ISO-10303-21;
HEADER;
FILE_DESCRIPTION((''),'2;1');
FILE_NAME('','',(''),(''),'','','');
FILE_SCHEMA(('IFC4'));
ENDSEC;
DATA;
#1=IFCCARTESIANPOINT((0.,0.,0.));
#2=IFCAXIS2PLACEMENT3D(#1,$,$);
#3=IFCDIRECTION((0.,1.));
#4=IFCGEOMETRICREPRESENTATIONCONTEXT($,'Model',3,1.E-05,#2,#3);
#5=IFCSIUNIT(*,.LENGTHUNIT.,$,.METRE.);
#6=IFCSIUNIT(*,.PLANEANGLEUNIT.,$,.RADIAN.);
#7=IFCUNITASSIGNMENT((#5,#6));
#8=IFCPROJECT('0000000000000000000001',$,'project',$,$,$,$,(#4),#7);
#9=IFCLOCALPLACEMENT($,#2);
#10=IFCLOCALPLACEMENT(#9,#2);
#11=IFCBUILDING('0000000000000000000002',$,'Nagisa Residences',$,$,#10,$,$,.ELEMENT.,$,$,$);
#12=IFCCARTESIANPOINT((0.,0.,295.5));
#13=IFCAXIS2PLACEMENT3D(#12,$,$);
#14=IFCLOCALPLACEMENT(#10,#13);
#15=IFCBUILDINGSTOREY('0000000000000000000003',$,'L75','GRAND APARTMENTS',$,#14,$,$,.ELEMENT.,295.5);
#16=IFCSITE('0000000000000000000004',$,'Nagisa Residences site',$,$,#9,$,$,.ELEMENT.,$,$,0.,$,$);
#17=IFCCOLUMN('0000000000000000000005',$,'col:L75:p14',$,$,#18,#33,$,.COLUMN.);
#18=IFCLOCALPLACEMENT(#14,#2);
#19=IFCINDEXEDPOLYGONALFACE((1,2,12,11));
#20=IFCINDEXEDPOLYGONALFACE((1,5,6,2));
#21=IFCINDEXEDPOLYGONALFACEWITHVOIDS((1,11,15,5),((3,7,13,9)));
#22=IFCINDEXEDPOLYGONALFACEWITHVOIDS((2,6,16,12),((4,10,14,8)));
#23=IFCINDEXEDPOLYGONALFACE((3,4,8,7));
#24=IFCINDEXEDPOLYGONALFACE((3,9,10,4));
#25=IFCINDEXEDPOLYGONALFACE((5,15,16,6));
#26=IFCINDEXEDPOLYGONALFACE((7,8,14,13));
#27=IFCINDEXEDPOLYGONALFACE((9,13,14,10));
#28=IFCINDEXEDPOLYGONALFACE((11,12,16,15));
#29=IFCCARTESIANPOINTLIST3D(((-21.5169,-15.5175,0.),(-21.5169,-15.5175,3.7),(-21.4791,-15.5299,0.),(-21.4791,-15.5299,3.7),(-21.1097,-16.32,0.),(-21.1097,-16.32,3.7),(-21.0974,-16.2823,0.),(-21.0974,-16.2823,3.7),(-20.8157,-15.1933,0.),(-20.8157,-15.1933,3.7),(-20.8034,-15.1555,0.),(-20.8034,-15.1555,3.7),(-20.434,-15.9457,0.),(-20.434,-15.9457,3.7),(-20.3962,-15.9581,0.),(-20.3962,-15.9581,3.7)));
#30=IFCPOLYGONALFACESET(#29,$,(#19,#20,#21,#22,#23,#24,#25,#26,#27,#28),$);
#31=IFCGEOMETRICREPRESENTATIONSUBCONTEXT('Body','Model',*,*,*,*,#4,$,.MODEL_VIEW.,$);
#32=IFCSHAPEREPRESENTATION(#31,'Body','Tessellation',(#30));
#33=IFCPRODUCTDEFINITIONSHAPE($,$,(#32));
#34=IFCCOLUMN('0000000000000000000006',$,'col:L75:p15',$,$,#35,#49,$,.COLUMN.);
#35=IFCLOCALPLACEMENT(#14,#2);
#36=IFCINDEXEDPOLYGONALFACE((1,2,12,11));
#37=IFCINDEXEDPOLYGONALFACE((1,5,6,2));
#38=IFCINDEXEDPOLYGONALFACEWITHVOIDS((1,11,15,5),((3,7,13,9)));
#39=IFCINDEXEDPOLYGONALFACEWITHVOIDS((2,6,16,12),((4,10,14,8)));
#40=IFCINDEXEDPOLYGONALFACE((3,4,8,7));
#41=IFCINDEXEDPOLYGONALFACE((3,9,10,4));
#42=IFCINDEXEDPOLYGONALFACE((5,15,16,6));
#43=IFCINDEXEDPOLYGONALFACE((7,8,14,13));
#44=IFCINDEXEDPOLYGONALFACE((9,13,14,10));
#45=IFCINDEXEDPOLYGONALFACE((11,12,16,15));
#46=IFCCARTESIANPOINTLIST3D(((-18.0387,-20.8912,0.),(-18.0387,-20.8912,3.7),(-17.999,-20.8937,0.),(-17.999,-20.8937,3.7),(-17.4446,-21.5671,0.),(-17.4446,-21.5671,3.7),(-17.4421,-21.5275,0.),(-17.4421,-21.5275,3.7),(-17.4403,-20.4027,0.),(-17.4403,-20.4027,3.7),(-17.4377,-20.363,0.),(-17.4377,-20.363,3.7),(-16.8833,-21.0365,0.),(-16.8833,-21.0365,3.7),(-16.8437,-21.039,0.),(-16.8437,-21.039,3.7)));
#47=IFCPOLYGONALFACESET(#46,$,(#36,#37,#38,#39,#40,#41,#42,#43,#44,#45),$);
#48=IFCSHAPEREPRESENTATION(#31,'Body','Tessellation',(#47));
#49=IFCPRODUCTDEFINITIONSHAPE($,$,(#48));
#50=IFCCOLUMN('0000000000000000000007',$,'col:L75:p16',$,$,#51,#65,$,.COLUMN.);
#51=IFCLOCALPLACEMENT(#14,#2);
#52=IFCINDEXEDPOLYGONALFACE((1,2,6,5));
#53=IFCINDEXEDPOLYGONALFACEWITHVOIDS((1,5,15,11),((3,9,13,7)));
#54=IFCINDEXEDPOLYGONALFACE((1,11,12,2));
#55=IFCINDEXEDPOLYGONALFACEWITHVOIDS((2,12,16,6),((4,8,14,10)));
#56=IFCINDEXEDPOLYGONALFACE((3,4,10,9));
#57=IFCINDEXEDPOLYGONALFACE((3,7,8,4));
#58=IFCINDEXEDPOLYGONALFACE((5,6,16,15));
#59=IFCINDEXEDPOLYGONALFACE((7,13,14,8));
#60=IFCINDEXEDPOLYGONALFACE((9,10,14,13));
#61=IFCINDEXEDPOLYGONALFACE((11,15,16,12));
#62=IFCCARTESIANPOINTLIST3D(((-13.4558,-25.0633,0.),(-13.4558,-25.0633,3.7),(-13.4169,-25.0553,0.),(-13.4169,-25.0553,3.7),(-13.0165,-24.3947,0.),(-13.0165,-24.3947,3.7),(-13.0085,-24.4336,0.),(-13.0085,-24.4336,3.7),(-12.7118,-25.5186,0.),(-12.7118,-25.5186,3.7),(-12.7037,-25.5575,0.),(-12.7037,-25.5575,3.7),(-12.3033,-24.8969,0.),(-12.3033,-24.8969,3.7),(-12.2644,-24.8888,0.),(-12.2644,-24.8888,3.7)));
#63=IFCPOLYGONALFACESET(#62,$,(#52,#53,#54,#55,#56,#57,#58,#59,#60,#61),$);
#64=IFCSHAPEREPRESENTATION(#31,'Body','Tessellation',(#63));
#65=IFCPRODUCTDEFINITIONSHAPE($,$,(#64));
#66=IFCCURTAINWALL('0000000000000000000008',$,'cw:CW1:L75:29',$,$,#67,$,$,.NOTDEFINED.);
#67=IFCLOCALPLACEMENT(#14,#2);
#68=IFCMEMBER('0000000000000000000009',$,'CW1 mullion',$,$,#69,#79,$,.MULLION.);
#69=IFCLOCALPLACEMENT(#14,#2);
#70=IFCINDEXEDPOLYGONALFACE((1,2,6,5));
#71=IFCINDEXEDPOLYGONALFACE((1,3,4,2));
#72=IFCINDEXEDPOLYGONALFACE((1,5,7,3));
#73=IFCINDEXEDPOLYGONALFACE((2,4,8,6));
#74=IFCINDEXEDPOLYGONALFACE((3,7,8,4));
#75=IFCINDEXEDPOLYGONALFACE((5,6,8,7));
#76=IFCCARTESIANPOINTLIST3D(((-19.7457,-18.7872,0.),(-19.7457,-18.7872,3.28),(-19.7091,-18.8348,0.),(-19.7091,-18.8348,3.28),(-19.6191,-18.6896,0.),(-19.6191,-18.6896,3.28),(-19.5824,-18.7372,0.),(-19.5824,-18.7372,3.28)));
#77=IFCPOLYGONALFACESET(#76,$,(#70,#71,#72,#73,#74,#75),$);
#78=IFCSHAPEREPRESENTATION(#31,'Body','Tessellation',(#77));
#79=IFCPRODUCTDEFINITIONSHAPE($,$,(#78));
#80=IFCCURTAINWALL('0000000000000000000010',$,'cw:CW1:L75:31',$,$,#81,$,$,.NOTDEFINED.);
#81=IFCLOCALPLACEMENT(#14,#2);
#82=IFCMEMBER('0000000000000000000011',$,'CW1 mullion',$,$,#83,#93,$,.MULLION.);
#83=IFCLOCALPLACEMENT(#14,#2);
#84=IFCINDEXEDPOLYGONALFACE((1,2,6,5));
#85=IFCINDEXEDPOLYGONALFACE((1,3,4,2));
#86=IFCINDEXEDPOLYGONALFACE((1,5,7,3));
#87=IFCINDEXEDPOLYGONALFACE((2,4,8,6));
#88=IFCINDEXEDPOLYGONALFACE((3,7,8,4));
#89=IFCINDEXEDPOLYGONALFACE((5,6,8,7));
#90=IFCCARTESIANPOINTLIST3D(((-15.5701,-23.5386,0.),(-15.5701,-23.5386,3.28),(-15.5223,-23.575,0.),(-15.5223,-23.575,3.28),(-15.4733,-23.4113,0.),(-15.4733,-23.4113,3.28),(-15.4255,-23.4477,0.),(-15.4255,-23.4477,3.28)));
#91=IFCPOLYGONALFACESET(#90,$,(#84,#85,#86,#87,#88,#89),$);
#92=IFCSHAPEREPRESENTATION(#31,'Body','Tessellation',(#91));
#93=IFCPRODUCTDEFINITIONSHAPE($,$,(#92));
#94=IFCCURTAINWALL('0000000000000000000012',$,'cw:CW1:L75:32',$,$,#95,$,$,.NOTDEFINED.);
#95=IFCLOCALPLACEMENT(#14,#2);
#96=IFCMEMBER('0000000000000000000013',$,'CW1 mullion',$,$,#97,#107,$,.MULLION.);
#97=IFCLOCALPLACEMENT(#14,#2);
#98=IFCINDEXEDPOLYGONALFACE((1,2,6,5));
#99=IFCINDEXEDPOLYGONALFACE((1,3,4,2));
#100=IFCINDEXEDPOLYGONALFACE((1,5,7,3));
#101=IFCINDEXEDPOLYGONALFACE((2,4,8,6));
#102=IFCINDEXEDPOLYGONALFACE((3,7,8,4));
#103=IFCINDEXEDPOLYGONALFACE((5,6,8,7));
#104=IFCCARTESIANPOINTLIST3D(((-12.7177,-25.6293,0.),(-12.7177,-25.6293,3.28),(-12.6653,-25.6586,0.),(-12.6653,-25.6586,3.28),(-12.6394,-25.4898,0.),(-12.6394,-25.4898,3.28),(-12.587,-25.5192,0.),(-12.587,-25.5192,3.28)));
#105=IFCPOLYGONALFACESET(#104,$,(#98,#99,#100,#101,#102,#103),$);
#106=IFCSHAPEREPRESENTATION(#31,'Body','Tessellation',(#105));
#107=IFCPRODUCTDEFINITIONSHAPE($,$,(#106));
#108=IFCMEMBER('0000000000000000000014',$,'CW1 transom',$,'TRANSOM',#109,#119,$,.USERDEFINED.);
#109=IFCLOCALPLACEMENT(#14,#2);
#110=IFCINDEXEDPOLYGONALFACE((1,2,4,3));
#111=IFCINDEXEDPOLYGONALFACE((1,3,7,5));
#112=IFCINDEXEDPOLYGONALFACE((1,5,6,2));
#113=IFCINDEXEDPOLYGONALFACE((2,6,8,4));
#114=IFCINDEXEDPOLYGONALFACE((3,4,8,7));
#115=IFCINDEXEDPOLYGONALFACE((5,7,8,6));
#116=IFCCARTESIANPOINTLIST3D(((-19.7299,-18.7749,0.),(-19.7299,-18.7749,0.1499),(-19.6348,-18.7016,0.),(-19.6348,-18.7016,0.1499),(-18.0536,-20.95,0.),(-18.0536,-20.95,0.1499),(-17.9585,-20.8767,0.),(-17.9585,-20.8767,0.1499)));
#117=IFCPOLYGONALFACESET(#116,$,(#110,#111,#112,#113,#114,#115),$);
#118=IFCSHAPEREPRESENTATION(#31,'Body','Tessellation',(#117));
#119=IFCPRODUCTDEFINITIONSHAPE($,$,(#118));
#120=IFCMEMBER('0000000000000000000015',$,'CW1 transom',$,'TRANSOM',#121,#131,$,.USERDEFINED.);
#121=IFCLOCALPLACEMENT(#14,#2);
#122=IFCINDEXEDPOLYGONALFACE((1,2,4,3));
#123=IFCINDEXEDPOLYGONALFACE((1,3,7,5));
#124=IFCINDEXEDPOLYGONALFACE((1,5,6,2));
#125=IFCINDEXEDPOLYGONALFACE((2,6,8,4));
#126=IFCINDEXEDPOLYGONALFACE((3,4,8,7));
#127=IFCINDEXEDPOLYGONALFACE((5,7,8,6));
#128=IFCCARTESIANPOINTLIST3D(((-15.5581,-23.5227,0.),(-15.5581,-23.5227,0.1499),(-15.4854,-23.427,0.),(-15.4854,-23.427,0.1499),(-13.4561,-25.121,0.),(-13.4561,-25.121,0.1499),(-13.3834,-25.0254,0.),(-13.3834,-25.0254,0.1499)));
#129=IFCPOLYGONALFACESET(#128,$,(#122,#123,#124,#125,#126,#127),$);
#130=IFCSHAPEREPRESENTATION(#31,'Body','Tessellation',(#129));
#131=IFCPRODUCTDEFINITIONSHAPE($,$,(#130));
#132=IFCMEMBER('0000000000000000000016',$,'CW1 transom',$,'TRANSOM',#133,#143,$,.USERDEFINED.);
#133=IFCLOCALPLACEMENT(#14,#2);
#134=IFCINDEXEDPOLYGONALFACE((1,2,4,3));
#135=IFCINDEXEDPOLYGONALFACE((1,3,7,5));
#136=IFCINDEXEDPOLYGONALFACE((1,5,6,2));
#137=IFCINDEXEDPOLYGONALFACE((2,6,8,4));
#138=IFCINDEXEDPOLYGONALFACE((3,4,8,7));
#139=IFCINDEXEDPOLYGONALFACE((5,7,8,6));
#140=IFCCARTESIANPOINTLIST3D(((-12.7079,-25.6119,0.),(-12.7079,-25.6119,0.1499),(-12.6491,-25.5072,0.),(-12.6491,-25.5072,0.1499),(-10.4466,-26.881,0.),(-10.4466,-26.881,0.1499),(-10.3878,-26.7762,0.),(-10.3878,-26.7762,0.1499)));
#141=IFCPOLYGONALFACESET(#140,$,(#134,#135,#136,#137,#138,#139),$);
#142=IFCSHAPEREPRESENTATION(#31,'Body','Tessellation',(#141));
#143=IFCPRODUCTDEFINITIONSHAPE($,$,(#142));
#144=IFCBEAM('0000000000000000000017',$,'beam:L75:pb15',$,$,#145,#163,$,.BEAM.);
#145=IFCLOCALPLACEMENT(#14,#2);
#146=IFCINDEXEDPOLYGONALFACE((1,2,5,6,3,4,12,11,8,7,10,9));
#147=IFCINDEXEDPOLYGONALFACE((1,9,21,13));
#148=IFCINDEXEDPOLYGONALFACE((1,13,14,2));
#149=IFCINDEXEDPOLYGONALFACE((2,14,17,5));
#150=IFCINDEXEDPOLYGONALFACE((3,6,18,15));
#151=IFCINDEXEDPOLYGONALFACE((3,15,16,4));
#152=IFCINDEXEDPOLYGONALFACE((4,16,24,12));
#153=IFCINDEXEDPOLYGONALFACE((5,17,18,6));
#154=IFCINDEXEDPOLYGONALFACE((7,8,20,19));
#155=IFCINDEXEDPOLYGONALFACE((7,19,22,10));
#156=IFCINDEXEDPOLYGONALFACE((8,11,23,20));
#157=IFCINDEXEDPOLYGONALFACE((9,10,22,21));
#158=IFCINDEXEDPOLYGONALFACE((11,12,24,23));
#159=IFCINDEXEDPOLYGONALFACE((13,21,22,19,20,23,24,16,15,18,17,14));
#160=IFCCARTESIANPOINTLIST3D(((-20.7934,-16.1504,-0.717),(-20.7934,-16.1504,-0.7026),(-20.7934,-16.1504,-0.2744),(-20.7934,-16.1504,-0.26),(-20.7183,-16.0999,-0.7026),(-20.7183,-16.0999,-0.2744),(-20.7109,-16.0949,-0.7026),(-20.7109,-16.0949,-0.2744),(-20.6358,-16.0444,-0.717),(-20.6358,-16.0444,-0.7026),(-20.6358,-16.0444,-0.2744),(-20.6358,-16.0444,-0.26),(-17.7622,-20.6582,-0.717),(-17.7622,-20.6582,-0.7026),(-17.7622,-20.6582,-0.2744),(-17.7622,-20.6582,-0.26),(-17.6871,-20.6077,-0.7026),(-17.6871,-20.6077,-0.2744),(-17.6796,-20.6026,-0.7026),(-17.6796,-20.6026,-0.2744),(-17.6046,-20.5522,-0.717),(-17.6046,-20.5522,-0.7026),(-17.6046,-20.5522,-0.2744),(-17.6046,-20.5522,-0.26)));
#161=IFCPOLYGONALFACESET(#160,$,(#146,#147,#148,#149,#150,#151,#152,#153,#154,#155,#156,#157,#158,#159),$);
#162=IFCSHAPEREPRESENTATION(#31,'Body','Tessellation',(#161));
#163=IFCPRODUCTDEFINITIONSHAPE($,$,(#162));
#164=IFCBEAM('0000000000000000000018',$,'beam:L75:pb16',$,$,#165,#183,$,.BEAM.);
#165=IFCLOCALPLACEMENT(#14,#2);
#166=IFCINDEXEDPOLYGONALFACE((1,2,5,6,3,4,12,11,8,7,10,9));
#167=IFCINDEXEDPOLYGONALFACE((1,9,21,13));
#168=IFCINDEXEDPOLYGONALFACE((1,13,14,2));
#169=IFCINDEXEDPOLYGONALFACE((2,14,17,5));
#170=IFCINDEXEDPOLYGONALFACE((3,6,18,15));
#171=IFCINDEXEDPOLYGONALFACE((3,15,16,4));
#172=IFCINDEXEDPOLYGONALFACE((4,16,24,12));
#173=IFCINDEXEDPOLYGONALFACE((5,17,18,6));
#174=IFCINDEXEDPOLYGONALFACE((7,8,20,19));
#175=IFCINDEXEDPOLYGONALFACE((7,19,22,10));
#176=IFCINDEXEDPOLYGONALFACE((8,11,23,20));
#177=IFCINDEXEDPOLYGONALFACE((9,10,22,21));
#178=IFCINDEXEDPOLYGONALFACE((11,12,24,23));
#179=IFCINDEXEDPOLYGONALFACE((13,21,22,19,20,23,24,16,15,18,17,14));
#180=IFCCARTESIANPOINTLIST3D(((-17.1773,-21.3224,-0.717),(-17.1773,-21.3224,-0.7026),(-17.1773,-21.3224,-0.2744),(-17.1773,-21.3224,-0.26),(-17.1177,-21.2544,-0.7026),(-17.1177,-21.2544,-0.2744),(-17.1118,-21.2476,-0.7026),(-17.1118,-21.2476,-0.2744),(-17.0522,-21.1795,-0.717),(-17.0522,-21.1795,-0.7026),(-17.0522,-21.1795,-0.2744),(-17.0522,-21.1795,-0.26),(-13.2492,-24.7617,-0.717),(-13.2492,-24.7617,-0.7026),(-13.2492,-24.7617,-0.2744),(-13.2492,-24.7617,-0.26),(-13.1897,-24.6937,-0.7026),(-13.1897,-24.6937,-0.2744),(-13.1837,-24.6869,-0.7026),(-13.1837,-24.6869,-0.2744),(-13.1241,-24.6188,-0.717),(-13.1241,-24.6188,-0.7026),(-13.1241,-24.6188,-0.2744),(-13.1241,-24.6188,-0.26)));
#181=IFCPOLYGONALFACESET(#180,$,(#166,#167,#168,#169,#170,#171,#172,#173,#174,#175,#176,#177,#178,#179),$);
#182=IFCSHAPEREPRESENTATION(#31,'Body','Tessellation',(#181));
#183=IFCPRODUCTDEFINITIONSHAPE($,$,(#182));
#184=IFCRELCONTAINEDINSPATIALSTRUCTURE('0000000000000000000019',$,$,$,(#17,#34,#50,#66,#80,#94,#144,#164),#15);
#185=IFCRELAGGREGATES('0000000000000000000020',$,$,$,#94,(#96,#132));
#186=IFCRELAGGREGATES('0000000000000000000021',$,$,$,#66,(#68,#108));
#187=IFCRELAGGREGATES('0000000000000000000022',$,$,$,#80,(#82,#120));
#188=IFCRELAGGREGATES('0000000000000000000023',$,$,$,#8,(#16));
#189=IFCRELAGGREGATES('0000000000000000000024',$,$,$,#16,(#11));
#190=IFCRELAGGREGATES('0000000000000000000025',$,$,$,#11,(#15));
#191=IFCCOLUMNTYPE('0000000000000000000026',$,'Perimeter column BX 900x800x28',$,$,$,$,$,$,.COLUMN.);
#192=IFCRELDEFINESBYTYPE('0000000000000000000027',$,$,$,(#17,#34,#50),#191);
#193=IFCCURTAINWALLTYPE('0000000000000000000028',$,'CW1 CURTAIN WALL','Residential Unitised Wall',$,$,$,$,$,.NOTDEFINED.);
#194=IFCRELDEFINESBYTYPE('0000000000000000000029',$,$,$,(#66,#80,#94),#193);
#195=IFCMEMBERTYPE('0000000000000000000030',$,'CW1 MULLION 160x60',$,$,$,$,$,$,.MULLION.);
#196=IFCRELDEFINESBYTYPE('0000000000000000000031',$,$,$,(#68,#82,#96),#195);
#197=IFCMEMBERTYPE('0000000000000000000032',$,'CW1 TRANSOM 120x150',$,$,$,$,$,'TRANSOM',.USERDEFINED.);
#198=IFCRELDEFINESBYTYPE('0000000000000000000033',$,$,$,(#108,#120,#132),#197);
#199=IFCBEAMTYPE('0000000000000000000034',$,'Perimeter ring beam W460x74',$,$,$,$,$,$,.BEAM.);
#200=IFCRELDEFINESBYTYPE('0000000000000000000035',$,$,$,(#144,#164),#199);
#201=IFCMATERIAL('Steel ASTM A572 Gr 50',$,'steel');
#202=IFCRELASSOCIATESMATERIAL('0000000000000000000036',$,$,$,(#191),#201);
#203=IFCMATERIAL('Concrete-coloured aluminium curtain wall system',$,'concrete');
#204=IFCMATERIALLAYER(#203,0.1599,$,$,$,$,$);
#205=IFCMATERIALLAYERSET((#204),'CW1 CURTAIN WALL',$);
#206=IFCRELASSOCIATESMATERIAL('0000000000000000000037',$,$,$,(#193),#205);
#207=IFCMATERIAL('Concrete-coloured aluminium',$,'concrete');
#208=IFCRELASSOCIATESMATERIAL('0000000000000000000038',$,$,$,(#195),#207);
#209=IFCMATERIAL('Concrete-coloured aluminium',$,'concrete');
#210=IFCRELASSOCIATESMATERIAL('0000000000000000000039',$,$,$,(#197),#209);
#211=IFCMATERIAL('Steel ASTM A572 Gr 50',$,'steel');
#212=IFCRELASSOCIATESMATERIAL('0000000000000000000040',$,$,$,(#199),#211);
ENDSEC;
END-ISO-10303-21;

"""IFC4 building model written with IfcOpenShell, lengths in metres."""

from ifc_helpers import new_model, si_unit, direction, frame, origin, origin_2d, place, context, subcontext, project, spatial, rectangle, hollow_rectangle, i_section, extrude, material, layer, layer_set, material_profile, profile_set, type_object, element, aggregate, save


model = new_model("IFC4")

# Units and contexts
model_context = context("Model", 3, precision=1e-05, world=origin(), true_north=direction((0.0, 1.0)))
body_context = subcontext(model_context, "Body", "Model", "MODEL_VIEW")
ifc_project = project(units=[si_unit("LENGTHUNIT", "METRE"), si_unit("PLANEANGLEUNIT", "RADIAN")], contexts=[model_context])

# Site, building, storey
site_placement = place(None, origin())
site = spatial("IfcSite", under=ifc_project, at=site_placement, Name="Nagisa Residences site", CompositionType="ELEMENT", RefElevation=0.0)
building_placement = place(site_placement, origin())
building = spatial("IfcBuilding", under=site, at=building_placement, Name="Nagisa Residences", CompositionType="ELEMENT")
storey_placement = place(building_placement, frame((0.0, 0.0, 295.5)))
storey = spatial("IfcBuildingStorey", under=building, at=storey_placement, Name="L75", Description="GRAND APARTMENTS", CompositionType="ELEMENT", Elevation=295.5)

# Columns
ifc_material_1 = material(Name="Steel ASTM A572 Gr 50", Category="steel")
ifc_material_profile_1 = material_profile(ifc_material_1, hollow_rectangle(XDim=0.8999, YDim=0.8, WallThickness=0.0281, at=origin_2d()), Name="BX 900x800x28")
ifc_profile_set_1 = profile_set([ifc_material_profile_1], Name="Steel ASTM A572 Gr 50")
column_type = type_object("IfcColumnType", Name="Perimeter column BX 900x800x28", PredefinedType="COLUMN", material=ifc_profile_set_1)
for number, where, z_axis, x_axis, name in (
    (1, (-20.9565, -15.7378, 0.0), (0.0, 0.0, 1.0), (0.452463, -0.891783, 0.0), "col:L75:p14"),
    (2, (-17.4412, -20.9651, 0.0), (0.0, 0.0, 1.0), (0.660115, -0.751165, 0.0), "col:L75:p15"),
    (3, (-12.8601, -24.9761, 0.0), (0.0, 0.0, 1.0), (0.835766, -0.549086, 0.0), "col:L75:p16"),
):
    element("IfcColumn", number, at=place(storey_placement, frame(where, z_axis=z_axis, x_axis=x_axis)), inside=storey, type_object=column_type, Name=name, PredefinedType="COLUMN", context=body_context, shape_type="SweptSolid", body=[
        extrude(hollow_rectangle(XDim=0.8999, YDim=0.8, WallThickness=0.0281, at=origin_2d()), origin(), (0.0, 0.0, 1.0), 3.7),
    ])

# Curtain walls, members
ifc_material_2 = material(Name="Concrete-coloured aluminium curtain wall system", Category="concrete")
ifc_layer_1 = layer(ifc_material_2, 0.1599)
ifc_layer_set_1 = layer_set([ifc_layer_1], Name="CW1 CURTAIN WALL")
curtain_wall_type = type_object("IfcCurtainWallType", Name="CW1 CURTAIN WALL", Description="Residential Unitised Wall", PredefinedType="NOTDEFINED", material=ifc_layer_set_1)
curtain_wall_1_placement = place(storey_placement, origin())
curtain_wall_1 = element("IfcCurtainWall", 4, at=curtain_wall_1_placement, inside=storey, type_object=curtain_wall_type, Name="cw:CW1:L75:29", PredefinedType="NOTDEFINED")
ifc_material_3 = material(Name="Concrete-coloured aluminium", Category="concrete")
ifc_material_profile_2 = material_profile(ifc_material_3, rectangle(XDim=0.1599, YDim=0.0601, at=origin_2d()), Name="CW1 MULLION 160x60")
ifc_profile_set_2 = profile_set([ifc_material_profile_2], Name="Concrete-coloured aluminium")
member_type_1 = type_object("IfcMemberType", Name="CW1 MULLION 160x60", PredefinedType="MULLION", material=ifc_profile_set_2)
member_1_placement = place(storey_placement, frame((-19.6641, -18.7622, 0.0), z_axis=(0.0, 0.0, 1.0), x_axis=(0.79207, 0.61043, 0.0)))
member_1 = element("IfcMember", 5, at=member_1_placement, type_object=member_type_1, Name="CW1 mullion", PredefinedType="MULLION", context=body_context, shape_type="SweptSolid", body=[
    extrude(rectangle(XDim=0.1599, YDim=0.0601, at=origin_2d()), origin(), (0.0, 0.0, 1.0), 3.28),
])
curtain_wall_2_placement = place(storey_placement, origin())
curtain_wall_2 = element("IfcCurtainWall", 6, at=curtain_wall_2_placement, inside=storey, type_object=curtain_wall_type, Name="cw:CW1:L75:31", PredefinedType="NOTDEFINED")
member_2_placement = place(storey_placement, frame((-15.4978, -23.4932, 0.0), z_axis=(0.0, 0.0, 1.0), x_axis=(0.605255, 0.796031, 0.0)))
member_2 = element("IfcMember", 7, at=member_2_placement, type_object=member_type_1, Name="CW1 mullion", PredefinedType="MULLION", context=body_context, shape_type="SweptSolid", body=[
    extrude(rectangle(XDim=0.1599, YDim=0.0601, at=origin_2d()), origin(), (0.0, 0.0, 1.0), 3.28),
])
curtain_wall_3_placement = place(storey_placement, origin())
curtain_wall_3 = element("IfcCurtainWall", 8, at=curtain_wall_3_placement, inside=storey, type_object=curtain_wall_type, Name="cw:CW1:L75:32", PredefinedType="NOTDEFINED")
member_3_placement = place(storey_placement, frame((-12.6523, -25.5742, 0.0), z_axis=(0.0, 0.0, 1.0), x_axis=(0.489377, 0.872072, 0.0)))
member_3 = element("IfcMember", 9, at=member_3_placement, type_object=member_type_1, Name="CW1 mullion", PredefinedType="MULLION", context=body_context, shape_type="SweptSolid", body=[
    extrude(rectangle(XDim=0.1599, YDim=0.0601, at=origin_2d()), origin(), (0.0, 0.0, 1.0), 3.28),
])

# Members
ifc_material_4 = material(Name="Concrete-coloured aluminium", Category="concrete")
ifc_material_profile_3 = material_profile(ifc_material_4, rectangle(XDim=0.1201, YDim=0.1499, at=origin_2d()), Name="CW1 TRANSOM 120x150")
ifc_profile_set_3 = profile_set([ifc_material_profile_3], Name="Concrete-coloured aluminium")
member_type_2 = type_object("IfcMemberType", Name="CW1 TRANSOM 120x150", ElementType="TRANSOM", PredefinedType="USERDEFINED", material=ifc_profile_set_3)
member_4_placement = place(storey_placement, frame((-19.6824, -18.7383, 0.075), z_axis=(0.610432, -0.792068, 0.0), x_axis=(0.792068, 0.610432, 0.0)))
member_4 = element("IfcMember", 10, at=member_4_placement, type_object=member_type_2, Name="CW1 transom", ObjectType="TRANSOM", PredefinedType="USERDEFINED", context=body_context, shape_type="SweptSolid", body=[
    extrude(rectangle(XDim=0.1201, YDim=0.1499, at=origin_2d()), origin(), (0.0, 0.0, 1.0), 2.7461),
])
member_5_placement = place(storey_placement, frame((-15.5217, -23.4749, 0.075), z_axis=(0.796011, -0.605282, 0.0), x_axis=(0.605282, 0.796011, 0.0)))
member_5 = element("IfcMember", 11, at=member_5_placement, type_object=member_type_2, Name="CW1 transom", ObjectType="TRANSOM", PredefinedType="USERDEFINED", context=body_context, shape_type="SweptSolid", body=[
    extrude(rectangle(XDim=0.1201, YDim=0.1499, at=origin_2d()), origin(), (0.0, 0.0, 1.0), 2.6406),
])
member_6_placement = place(storey_placement, frame((-12.6785, -25.5596, 0.075), z_axis=(0.872053, -0.489412, 0.0), x_axis=(0.489412, 0.872053, 0.0)))
member_6 = element("IfcMember", 12, at=member_6_placement, type_object=member_type_2, Name="CW1 transom", ObjectType="TRANSOM", PredefinedType="USERDEFINED", context=body_context, shape_type="SweptSolid", body=[
    extrude(rectangle(XDim=0.1201, YDim=0.1499, at=origin_2d()), origin(), (0.0, 0.0, 1.0), 2.593),
])
aggregate(curtain_wall_3, [member_3, member_6])

# Beams
ifc_material_5 = material(Name="Steel ASTM A572 Gr 50", Category="steel")
ifc_material_profile_4 = material_profile(ifc_material_5, i_section(OverallWidth=0.1899, OverallDepth=0.457, WebThickness=0.009, FlangeThickness=0.0144, at=origin_2d()), Name="W460x74")
ifc_profile_set_4 = profile_set([ifc_material_profile_4], Name="Steel ASTM A572 Gr 50")
beam_type_1 = type_object("IfcBeamType", Name="Perimeter ring beam W460x74", PredefinedType="BEAM", material=ifc_profile_set_4)
beam_1_placement = place(storey_placement, frame((-20.7146, -16.0974, -0.4885), z_axis=(0.558015, -0.829831, 0.0), x_axis=(0.829831, 0.558015, 0.0)))
element("IfcBeam", 13, at=beam_1_placement, inside=storey, type_object=beam_type_1, Name="beam:L75:pb15", PredefinedType="BEAM", context=body_context, shape_type="SweptSolid", body=[
    extrude(i_section(OverallWidth=0.1899, OverallDepth=0.457, WebThickness=0.009, FlangeThickness=0.0144, at=origin_2d()), origin(), (0.0, 0.0, 1.0), 5.4321),
])
beam_2_placement = place(storey_placement, frame((-17.1147, -21.251, -0.4885), z_axis=(0.752365, -0.658746, 0.0), x_axis=(0.658746, 0.752365, 0.0)))
element("IfcBeam", 14, at=beam_2_placement, inside=storey, type_object=beam_type_1, Name="beam:L75:pb16", PredefinedType="BEAM", context=body_context, shape_type="SweptSolid", body=[
    extrude(i_section(OverallWidth=0.1899, OverallDepth=0.457, WebThickness=0.009, FlangeThickness=0.0144, at=origin_2d()), origin(), (0.0, 0.0, 1.0), 5.2209),
])

aggregate(curtain_wall_1, [member_1, member_4])
aggregate(curtain_wall_2, [member_2, member_5])

save(model, "model.ifc")
